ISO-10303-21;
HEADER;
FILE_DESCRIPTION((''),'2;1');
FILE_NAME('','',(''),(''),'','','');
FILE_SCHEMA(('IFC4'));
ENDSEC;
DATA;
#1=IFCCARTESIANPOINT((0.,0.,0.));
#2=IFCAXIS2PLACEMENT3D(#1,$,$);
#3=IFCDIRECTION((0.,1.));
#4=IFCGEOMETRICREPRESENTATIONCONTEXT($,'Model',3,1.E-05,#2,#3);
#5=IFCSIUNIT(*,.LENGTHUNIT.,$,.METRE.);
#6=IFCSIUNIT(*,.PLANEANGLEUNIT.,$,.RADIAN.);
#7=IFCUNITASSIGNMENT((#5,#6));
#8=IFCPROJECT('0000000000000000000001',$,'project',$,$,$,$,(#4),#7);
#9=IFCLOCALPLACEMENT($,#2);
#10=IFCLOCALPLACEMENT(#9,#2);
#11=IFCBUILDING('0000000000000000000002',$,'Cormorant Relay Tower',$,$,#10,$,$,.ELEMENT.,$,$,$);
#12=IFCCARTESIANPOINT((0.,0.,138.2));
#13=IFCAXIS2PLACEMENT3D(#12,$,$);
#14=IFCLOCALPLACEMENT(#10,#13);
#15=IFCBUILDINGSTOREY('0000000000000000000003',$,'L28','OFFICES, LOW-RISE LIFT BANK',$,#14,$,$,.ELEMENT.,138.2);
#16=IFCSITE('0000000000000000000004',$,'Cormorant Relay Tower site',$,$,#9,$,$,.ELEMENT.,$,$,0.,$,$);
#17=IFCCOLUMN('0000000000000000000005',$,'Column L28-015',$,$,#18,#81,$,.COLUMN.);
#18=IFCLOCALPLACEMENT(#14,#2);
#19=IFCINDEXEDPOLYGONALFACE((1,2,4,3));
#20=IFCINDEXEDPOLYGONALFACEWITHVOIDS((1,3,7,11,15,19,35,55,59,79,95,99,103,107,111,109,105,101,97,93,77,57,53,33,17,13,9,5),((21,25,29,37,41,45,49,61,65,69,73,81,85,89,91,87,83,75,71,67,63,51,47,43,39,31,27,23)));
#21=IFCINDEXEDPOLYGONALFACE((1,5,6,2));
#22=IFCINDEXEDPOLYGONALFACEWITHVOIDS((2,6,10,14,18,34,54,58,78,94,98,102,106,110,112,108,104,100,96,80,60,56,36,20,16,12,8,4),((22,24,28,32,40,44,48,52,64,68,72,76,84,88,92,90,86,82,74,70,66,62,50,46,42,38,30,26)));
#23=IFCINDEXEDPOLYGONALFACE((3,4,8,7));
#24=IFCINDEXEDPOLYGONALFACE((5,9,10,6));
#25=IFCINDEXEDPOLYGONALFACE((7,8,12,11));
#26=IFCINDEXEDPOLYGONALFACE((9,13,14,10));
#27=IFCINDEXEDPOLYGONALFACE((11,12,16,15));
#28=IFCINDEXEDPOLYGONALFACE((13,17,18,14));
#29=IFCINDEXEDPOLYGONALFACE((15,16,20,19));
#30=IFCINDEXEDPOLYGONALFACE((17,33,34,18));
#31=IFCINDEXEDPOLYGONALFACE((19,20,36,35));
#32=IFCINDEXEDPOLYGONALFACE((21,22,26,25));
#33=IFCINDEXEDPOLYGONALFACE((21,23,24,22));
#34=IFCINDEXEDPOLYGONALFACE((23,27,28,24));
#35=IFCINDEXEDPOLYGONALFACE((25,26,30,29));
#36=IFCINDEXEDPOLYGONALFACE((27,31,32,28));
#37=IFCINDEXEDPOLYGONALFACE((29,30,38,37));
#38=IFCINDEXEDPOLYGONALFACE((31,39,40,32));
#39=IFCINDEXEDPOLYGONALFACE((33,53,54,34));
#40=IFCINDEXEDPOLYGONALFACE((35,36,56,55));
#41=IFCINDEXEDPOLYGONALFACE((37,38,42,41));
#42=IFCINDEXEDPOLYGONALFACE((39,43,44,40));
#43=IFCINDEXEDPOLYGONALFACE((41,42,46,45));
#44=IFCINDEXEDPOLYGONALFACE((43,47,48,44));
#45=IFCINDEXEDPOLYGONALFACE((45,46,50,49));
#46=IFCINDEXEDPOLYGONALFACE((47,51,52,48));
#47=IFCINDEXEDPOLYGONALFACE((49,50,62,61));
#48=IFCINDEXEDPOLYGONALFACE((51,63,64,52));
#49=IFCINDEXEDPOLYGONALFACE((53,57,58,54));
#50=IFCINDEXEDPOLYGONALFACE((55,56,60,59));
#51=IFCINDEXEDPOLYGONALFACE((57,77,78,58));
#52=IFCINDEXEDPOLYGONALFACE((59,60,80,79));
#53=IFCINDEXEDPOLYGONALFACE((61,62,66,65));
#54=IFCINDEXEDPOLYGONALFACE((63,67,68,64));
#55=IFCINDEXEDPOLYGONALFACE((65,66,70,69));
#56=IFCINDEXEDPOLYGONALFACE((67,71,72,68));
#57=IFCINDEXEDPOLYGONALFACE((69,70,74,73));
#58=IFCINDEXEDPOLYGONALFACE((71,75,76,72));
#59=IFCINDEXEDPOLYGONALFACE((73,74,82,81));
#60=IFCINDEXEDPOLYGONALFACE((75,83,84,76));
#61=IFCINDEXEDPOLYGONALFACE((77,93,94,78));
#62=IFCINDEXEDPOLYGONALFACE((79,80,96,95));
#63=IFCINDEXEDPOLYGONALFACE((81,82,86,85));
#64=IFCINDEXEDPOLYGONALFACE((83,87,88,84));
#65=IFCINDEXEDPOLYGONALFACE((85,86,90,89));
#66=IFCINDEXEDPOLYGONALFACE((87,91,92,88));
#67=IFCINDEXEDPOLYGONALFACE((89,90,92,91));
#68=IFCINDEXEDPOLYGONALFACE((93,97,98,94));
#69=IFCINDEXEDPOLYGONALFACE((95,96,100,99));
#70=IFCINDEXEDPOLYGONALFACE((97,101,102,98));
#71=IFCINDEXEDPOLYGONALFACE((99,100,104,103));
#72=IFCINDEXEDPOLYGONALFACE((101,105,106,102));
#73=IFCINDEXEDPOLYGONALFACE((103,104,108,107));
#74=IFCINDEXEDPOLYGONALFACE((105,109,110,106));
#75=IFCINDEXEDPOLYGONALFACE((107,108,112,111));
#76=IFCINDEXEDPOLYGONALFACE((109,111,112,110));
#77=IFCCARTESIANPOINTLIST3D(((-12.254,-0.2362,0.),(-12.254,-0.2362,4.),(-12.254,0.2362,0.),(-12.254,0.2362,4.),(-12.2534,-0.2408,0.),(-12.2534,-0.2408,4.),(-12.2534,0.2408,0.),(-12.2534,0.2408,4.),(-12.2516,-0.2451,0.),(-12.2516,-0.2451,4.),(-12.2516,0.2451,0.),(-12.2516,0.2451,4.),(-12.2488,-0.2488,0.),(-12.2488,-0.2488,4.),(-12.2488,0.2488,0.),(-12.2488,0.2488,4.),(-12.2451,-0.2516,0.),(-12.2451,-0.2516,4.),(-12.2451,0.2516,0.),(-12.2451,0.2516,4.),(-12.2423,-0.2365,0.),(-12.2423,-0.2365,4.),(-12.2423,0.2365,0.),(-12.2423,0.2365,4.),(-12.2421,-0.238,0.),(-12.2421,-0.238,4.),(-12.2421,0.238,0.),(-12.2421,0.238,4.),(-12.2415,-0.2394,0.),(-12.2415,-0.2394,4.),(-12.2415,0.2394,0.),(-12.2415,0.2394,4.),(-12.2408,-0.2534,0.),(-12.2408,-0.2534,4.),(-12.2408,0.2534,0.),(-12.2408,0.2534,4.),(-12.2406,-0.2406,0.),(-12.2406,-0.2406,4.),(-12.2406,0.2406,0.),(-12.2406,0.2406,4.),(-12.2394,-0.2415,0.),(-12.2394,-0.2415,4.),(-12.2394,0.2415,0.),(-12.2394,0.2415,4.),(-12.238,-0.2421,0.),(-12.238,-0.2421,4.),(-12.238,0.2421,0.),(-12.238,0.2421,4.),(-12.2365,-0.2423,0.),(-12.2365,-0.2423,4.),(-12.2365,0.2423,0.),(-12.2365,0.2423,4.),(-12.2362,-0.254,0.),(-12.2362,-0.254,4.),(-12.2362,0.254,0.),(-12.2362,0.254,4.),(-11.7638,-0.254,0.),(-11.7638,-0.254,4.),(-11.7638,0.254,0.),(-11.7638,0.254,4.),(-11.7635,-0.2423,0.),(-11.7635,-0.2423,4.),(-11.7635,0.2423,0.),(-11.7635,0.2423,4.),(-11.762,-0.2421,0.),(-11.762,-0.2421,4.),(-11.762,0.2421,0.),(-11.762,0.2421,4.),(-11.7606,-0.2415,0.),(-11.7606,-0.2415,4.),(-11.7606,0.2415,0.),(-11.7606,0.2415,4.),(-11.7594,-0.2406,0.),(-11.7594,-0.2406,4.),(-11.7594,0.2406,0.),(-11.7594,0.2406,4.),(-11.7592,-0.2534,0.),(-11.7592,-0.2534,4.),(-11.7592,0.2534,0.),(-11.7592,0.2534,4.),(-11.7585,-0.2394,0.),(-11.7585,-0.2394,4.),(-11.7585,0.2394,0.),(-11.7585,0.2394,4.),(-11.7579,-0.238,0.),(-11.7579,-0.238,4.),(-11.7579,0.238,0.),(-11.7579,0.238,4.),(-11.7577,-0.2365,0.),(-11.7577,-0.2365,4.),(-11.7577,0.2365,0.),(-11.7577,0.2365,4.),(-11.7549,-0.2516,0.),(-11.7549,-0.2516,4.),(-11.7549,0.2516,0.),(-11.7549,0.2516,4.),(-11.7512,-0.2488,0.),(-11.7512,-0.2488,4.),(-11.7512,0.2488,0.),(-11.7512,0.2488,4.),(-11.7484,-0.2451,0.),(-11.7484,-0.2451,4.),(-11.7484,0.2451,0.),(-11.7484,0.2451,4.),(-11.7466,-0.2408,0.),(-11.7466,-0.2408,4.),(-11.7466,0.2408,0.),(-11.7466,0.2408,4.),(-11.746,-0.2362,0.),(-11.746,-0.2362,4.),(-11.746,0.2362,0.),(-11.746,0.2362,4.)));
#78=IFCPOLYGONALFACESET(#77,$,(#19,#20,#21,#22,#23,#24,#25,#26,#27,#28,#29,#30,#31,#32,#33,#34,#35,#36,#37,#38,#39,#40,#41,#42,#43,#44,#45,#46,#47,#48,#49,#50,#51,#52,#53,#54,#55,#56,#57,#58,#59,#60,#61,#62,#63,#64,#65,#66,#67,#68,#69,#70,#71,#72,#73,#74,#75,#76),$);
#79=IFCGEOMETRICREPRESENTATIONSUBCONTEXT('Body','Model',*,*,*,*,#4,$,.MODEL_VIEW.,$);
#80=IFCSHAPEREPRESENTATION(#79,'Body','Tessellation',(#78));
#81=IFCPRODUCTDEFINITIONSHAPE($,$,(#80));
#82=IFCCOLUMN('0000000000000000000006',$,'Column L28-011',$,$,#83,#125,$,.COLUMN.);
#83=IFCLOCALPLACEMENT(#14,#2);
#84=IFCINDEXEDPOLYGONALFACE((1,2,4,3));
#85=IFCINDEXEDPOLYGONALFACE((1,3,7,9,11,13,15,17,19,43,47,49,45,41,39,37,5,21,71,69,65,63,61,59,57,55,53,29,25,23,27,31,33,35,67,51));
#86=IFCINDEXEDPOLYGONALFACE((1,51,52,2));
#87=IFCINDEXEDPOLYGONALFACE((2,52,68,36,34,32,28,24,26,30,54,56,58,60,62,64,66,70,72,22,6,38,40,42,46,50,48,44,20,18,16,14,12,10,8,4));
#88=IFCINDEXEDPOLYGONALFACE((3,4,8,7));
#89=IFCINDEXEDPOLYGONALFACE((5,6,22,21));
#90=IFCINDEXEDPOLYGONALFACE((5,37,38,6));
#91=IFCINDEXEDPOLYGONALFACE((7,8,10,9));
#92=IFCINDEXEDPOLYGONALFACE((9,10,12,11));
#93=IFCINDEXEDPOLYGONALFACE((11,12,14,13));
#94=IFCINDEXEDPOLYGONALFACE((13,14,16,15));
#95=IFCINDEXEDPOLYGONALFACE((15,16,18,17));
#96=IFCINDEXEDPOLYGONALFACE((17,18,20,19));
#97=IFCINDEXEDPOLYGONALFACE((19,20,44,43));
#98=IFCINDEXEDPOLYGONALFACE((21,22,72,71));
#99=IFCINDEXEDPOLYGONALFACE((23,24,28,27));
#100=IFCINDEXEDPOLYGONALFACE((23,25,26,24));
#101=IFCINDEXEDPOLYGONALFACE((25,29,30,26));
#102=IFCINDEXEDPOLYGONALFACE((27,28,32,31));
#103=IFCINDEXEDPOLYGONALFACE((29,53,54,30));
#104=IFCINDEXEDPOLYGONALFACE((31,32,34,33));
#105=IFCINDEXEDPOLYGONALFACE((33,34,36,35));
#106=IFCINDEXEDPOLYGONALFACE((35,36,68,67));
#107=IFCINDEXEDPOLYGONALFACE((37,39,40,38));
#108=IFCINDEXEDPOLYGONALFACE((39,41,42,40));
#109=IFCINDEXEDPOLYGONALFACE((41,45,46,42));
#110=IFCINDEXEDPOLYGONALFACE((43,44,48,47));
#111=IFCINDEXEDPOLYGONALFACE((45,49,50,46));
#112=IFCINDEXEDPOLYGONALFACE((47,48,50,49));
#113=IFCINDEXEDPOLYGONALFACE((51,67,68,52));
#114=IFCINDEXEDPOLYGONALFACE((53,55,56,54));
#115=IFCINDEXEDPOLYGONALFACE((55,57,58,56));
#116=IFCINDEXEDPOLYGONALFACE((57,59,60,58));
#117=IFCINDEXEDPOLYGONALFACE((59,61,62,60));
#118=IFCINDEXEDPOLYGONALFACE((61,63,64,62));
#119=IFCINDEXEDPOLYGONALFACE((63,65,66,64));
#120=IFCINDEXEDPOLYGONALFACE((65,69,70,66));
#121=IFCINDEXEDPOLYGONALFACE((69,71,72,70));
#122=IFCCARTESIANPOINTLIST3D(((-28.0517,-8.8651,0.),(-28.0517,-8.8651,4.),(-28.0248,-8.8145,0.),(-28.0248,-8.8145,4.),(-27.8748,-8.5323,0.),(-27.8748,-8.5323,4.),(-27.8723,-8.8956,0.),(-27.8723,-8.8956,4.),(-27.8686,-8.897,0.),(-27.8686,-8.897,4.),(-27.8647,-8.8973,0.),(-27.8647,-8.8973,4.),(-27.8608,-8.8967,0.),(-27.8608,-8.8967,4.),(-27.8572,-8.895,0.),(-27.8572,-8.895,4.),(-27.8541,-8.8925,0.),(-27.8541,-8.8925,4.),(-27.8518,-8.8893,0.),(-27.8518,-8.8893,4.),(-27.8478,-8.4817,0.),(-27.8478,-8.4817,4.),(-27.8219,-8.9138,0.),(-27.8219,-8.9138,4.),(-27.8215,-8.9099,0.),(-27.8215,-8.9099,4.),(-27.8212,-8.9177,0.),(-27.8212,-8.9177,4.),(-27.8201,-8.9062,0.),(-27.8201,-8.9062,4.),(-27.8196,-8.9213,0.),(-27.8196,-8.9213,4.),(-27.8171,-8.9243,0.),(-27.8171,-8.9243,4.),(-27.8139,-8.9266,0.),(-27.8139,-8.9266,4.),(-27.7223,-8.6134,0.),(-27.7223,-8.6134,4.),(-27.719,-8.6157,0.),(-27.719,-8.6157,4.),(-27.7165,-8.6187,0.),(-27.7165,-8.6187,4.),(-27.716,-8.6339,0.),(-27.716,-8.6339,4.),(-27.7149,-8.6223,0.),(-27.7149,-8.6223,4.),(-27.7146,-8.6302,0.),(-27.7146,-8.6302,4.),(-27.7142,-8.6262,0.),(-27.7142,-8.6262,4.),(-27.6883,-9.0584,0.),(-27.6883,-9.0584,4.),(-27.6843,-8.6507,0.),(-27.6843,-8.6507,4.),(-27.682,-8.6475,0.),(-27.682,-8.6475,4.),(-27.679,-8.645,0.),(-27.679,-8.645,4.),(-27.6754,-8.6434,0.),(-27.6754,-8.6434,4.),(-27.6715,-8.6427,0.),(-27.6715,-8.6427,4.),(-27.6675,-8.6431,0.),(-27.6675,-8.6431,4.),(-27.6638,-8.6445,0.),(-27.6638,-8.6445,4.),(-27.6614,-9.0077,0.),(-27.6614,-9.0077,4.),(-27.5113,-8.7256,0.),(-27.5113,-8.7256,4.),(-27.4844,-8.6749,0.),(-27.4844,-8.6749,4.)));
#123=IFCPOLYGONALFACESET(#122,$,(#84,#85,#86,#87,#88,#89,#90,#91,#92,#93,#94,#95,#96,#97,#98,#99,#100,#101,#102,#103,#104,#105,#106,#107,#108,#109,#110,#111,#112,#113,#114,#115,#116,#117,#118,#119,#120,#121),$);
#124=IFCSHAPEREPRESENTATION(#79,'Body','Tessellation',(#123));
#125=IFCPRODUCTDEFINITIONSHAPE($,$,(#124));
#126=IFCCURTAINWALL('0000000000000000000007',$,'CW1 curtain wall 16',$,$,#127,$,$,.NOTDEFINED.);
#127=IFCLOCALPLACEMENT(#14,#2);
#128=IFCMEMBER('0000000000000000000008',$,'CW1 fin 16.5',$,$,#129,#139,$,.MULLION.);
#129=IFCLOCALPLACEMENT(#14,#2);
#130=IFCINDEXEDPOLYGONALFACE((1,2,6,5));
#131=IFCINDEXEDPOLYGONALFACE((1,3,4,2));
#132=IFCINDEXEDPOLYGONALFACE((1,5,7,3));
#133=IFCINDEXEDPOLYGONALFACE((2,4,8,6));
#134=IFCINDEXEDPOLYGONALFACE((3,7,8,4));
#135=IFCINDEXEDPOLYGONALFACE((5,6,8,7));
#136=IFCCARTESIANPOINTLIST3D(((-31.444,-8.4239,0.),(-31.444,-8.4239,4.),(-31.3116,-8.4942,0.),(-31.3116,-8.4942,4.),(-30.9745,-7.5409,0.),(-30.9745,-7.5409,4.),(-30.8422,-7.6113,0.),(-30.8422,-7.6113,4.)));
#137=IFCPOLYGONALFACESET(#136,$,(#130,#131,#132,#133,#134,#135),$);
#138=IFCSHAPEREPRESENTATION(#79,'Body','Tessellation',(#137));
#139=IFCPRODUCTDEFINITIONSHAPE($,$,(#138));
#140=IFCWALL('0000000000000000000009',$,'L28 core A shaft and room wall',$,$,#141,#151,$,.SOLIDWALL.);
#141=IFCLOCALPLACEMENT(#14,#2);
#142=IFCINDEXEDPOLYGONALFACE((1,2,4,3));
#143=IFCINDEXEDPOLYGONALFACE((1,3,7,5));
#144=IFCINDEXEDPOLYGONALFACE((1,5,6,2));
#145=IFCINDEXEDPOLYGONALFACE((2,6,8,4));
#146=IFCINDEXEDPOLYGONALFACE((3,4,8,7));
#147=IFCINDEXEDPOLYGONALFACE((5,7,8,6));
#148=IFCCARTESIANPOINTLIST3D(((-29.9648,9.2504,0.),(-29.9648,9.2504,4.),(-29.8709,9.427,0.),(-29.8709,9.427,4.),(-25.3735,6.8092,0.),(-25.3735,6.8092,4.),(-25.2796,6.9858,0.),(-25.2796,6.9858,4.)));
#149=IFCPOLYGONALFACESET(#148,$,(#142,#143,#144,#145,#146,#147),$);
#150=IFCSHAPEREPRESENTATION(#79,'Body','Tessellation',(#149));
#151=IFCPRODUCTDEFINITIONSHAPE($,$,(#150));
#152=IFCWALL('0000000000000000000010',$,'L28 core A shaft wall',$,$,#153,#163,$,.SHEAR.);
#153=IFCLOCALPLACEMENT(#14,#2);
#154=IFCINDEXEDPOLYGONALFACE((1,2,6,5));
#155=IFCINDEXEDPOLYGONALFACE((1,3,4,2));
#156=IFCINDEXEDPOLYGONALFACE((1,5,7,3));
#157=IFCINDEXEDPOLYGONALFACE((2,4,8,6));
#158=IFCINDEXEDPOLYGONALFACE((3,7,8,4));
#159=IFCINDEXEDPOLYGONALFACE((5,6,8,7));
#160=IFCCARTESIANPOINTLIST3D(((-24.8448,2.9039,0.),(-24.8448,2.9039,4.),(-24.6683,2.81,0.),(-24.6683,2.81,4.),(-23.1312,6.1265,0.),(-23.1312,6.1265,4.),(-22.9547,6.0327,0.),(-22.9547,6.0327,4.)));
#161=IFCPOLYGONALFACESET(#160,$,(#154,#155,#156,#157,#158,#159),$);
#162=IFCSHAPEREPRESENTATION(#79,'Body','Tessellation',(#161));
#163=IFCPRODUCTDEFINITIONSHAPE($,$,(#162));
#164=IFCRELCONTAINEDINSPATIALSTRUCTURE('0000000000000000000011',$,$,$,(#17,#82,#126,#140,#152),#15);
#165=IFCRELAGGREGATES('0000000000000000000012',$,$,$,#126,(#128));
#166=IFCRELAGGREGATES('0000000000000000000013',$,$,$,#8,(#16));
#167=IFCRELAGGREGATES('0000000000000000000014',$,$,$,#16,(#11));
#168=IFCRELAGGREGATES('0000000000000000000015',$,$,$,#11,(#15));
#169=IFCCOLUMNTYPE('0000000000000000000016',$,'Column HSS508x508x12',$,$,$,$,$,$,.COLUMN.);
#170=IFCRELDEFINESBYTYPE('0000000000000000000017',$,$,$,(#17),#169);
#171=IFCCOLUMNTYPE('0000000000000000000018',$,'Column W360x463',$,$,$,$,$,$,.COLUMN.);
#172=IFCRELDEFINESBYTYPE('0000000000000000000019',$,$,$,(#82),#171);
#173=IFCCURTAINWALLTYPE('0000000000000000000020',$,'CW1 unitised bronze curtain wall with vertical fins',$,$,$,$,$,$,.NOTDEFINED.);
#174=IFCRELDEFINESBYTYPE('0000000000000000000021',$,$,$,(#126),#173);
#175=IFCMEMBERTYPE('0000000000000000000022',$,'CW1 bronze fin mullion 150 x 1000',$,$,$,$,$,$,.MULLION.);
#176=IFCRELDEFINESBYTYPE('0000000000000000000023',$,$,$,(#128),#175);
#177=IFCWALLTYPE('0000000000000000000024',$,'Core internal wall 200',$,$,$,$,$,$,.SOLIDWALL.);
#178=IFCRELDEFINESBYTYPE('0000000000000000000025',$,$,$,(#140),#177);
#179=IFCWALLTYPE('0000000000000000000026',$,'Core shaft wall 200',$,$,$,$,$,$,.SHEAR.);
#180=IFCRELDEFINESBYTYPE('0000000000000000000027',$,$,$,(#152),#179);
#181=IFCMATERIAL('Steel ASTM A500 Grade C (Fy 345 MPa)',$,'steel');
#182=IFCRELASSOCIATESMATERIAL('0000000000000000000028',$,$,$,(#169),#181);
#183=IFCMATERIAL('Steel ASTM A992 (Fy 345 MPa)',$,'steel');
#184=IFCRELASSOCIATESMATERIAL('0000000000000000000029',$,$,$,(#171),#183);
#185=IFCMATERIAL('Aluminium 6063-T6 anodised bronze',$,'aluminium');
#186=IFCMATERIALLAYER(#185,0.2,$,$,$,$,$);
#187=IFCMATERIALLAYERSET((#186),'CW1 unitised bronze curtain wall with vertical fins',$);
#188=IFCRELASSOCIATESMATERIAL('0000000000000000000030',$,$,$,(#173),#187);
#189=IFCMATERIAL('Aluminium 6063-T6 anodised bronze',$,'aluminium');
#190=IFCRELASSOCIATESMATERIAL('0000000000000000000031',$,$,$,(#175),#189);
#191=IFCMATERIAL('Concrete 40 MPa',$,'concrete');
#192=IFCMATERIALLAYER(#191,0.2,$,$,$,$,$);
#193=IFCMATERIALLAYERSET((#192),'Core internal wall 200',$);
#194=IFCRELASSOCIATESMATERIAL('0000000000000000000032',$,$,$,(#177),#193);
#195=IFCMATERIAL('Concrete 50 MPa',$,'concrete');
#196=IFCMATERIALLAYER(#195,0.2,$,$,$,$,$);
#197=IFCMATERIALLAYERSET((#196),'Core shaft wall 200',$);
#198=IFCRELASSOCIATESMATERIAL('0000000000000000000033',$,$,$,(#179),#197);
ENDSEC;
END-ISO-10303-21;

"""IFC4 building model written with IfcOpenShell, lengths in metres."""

from ifc_helpers import new_model, si_unit, direction, frame, frame_2d, origin, origin_2d, place, context, subcontext, project, spatial, rectangle, hollow_rectangle, i_section, extrude, material, layer, layer_set, material_profile, profile_set, type_object, element, aggregate, save


model = new_model("IFC4")

# Units and contexts
model_context = context("Model", 3, precision=1e-05, world=origin(), true_north=direction((0.0, 1.0)))
body_context = subcontext(model_context, "Body", "Model", "MODEL_VIEW")
ifc_project = project(units=[si_unit("LENGTHUNIT", "METRE"), si_unit("PLANEANGLEUNIT", "RADIAN")], contexts=[model_context])

# Site, building, storey
site_placement = place(None, origin())
site = spatial("IfcSite", under=ifc_project, at=site_placement, Name="Cormorant Relay Tower site", CompositionType="ELEMENT", RefElevation=0.0)
building_placement = place(site_placement, origin())
building = spatial("IfcBuilding", under=site, at=building_placement, Name="Cormorant Relay Tower", CompositionType="ELEMENT")
storey_placement = place(building_placement, frame((0.0, 0.0, 138.2)))
storey = spatial("IfcBuildingStorey", under=building, at=storey_placement, Name="L28", Description="OFFICES, LOW-RISE LIFT BANK", CompositionType="ELEMENT", Elevation=138.2)

# Columns
ifc_material_1 = material(Name="Steel ASTM A500 Grade C (Fy 345 MPa)", Category="steel")
ifc_material_profile_1 = material_profile(ifc_material_1, hollow_rectangle(XDim=0.5081, YDim=0.5081, WallThickness=0.0117, InnerFilletRadius=0.0059, OuterFilletRadius=0.0178, at=origin_2d()), Name="HSS508x508x12")
ifc_profile_set_1 = profile_set([ifc_material_profile_1], Name="Steel ASTM A500 Grade C (Fy 345 MPa)")
column_type_1 = type_object("IfcColumnType", Name="Column HSS508x508x12", PredefinedType="COLUMN", material=ifc_profile_set_1)
column_1_placement = place(storey_placement, frame((-12.0, 0.0, 0.0), z_axis=(0.0, 0.0, 1.0), x_axis=(1.0, 0.0, 0.0)))
element("IfcColumn", 1, at=column_1_placement, inside=storey, type_object=column_type_1, Name="Column L28-015", PredefinedType="COLUMN", context=body_context, shape_type="SweptSolid", body=[
    extrude(hollow_rectangle(XDim=0.5081, YDim=0.5081, WallThickness=0.0117, InnerFilletRadius=0.0059, OuterFilletRadius=0.0178, at=origin_2d()), origin(), (0.0, 0.0, 1.0), 4.0),
])
ifc_material_2 = material(Name="Steel ASTM A992 (Fy 345 MPa)", Category="steel")
ifc_material_profile_2 = material_profile(ifc_material_2, i_section(OverallWidth=0.4116, OverallDepth=0.4343, WebThickness=0.0359, FlangeThickness=0.0574, FilletRadius=0.0151, at=origin_2d()), Name="W360x463")
ifc_profile_set_2 = profile_set([ifc_material_profile_2], Name="Steel ASTM A992 (Fy 345 MPa)")
column_type_2 = type_object("IfcColumnType", Name="Column W360x463", PredefinedType="COLUMN", material=ifc_profile_set_2)
column_2_placement = place(storey_placement, frame((-27.7681, -8.77, 0.0), z_axis=(0.0, 0.0, 1.0), x_axis=(0.882948, -0.469472, 0.0)))
element("IfcColumn", 2, at=column_2_placement, inside=storey, type_object=column_type_2, Name="Column L28-011", PredefinedType="COLUMN", context=body_context, shape_type="SweptSolid", body=[
    extrude(i_section(OverallWidth=0.4116, OverallDepth=0.4343, WebThickness=0.0359, FlangeThickness=0.0574, FilletRadius=0.0151, at=origin_2d()), origin(), (0.0, 0.0, 1.0), 4.0),
])

# Curtain wall, member
ifc_material_3 = material(Name="Aluminium 6063-T6 anodised bronze", Category="aluminium")
ifc_layer_1 = layer(ifc_material_3, 0.2)
ifc_layer_set_1 = layer_set([ifc_layer_1], Name="CW1 unitised bronze curtain wall with vertical fins")
curtain_wall_type = type_object("IfcCurtainWallType", Name="CW1 unitised bronze curtain wall with vertical fins", PredefinedType="NOTDEFINED", material=ifc_layer_set_1)
curtain_wall_placement = place(storey_placement, origin())
curtain_wall = element("IfcCurtainWall", 3, at=curtain_wall_placement, inside=storey, type_object=curtain_wall_type, Name="CW1 curtain wall 16", PredefinedType="NOTDEFINED")
ifc_material_4 = material(Name="Aluminium 6063-T6 anodised bronze", Category="aluminium")
ifc_material_profile_3 = material_profile(ifc_material_4, rectangle(XDim=0.1499, YDim=1.0, at=origin_2d()), Name="AL 150x1000")
ifc_profile_set_3 = profile_set([ifc_material_profile_3], Name="Aluminium 6063-T6 anodised bronze")
member_type = type_object("IfcMemberType", Name="CW1 bronze fin mullion 150 x 1000", PredefinedType="MULLION", material=ifc_profile_set_3)
member_placement = place(storey_placement, frame((-31.1431, -8.0176, 0.0), z_axis=(0.0, 0.0, 1.0), x_axis=(0.882948, -0.469472, 0.0)))
member = element("IfcMember", 4, at=member_placement, type_object=member_type, Name="CW1 fin 16.5", PredefinedType="MULLION", context=body_context, shape_type="SweptSolid", body=[
    extrude(rectangle(XDim=0.1499, YDim=1.0, at=origin_2d()), origin(), (0.0, 0.0, 1.0), 4.0),
])

# Walls
ifc_material_5 = material(Name="Concrete 40 MPa", Category="concrete")
ifc_layer_2 = layer(ifc_material_5, 0.2)
ifc_layer_set_2 = layer_set([ifc_layer_2], Name="Core internal wall 200")
wall_type_1 = type_object("IfcWallType", Name="Core internal wall 200", PredefinedType="SOLIDWALL", material=ifc_layer_set_2)
wall_1_placement = place(storey_placement, frame((-25.3264, 6.8975, 0.0), z_axis=(0.0, 0.0, 1.0), x_axis=(-0.882954, 0.46946, 0.0)))
element("IfcWall", 5, at=wall_1_placement, inside=storey, type_object=wall_type_1, Name="L28 core A shaft and room wall", PredefinedType="SOLIDWALL", context=body_context, shape_type="SweptSolid", body=[
    extrude(rectangle(XDim=5.2, YDim=0.2, at=frame_2d((2.6001, 0.0))), origin(), (0.0, 0.0, 1.0), 4.0),
])
ifc_material_6 = material(Name="Concrete 50 MPa", Category="concrete")
ifc_layer_3 = layer(ifc_material_6, 0.2)
ifc_layer_set_3 = layer_set([ifc_layer_3], Name="Core shaft wall 200")
wall_type_2 = type_object("IfcWallType", Name="Core shaft wall 200", PredefinedType="SHEAR", material=ifc_layer_set_3)
wall_2_placement = place(storey_placement, frame((-23.043, 6.0796, 0.0), z_axis=(0.0, 0.0, 1.0), x_axis=(-0.469494, -0.882936, 0.0)))
element("IfcWall", 6, at=wall_2_placement, inside=storey, type_object=wall_type_2, Name="L28 core A shaft wall", PredefinedType="SHEAR", context=body_context, shape_type="SweptSolid", body=[
    extrude(rectangle(XDim=3.6499, YDim=0.2, at=frame_2d((1.825, 0.0))), origin(), (0.0, 0.0, 1.0), 4.0),
])

aggregate(curtain_wall, [member])

save(model, "model.ifc")
